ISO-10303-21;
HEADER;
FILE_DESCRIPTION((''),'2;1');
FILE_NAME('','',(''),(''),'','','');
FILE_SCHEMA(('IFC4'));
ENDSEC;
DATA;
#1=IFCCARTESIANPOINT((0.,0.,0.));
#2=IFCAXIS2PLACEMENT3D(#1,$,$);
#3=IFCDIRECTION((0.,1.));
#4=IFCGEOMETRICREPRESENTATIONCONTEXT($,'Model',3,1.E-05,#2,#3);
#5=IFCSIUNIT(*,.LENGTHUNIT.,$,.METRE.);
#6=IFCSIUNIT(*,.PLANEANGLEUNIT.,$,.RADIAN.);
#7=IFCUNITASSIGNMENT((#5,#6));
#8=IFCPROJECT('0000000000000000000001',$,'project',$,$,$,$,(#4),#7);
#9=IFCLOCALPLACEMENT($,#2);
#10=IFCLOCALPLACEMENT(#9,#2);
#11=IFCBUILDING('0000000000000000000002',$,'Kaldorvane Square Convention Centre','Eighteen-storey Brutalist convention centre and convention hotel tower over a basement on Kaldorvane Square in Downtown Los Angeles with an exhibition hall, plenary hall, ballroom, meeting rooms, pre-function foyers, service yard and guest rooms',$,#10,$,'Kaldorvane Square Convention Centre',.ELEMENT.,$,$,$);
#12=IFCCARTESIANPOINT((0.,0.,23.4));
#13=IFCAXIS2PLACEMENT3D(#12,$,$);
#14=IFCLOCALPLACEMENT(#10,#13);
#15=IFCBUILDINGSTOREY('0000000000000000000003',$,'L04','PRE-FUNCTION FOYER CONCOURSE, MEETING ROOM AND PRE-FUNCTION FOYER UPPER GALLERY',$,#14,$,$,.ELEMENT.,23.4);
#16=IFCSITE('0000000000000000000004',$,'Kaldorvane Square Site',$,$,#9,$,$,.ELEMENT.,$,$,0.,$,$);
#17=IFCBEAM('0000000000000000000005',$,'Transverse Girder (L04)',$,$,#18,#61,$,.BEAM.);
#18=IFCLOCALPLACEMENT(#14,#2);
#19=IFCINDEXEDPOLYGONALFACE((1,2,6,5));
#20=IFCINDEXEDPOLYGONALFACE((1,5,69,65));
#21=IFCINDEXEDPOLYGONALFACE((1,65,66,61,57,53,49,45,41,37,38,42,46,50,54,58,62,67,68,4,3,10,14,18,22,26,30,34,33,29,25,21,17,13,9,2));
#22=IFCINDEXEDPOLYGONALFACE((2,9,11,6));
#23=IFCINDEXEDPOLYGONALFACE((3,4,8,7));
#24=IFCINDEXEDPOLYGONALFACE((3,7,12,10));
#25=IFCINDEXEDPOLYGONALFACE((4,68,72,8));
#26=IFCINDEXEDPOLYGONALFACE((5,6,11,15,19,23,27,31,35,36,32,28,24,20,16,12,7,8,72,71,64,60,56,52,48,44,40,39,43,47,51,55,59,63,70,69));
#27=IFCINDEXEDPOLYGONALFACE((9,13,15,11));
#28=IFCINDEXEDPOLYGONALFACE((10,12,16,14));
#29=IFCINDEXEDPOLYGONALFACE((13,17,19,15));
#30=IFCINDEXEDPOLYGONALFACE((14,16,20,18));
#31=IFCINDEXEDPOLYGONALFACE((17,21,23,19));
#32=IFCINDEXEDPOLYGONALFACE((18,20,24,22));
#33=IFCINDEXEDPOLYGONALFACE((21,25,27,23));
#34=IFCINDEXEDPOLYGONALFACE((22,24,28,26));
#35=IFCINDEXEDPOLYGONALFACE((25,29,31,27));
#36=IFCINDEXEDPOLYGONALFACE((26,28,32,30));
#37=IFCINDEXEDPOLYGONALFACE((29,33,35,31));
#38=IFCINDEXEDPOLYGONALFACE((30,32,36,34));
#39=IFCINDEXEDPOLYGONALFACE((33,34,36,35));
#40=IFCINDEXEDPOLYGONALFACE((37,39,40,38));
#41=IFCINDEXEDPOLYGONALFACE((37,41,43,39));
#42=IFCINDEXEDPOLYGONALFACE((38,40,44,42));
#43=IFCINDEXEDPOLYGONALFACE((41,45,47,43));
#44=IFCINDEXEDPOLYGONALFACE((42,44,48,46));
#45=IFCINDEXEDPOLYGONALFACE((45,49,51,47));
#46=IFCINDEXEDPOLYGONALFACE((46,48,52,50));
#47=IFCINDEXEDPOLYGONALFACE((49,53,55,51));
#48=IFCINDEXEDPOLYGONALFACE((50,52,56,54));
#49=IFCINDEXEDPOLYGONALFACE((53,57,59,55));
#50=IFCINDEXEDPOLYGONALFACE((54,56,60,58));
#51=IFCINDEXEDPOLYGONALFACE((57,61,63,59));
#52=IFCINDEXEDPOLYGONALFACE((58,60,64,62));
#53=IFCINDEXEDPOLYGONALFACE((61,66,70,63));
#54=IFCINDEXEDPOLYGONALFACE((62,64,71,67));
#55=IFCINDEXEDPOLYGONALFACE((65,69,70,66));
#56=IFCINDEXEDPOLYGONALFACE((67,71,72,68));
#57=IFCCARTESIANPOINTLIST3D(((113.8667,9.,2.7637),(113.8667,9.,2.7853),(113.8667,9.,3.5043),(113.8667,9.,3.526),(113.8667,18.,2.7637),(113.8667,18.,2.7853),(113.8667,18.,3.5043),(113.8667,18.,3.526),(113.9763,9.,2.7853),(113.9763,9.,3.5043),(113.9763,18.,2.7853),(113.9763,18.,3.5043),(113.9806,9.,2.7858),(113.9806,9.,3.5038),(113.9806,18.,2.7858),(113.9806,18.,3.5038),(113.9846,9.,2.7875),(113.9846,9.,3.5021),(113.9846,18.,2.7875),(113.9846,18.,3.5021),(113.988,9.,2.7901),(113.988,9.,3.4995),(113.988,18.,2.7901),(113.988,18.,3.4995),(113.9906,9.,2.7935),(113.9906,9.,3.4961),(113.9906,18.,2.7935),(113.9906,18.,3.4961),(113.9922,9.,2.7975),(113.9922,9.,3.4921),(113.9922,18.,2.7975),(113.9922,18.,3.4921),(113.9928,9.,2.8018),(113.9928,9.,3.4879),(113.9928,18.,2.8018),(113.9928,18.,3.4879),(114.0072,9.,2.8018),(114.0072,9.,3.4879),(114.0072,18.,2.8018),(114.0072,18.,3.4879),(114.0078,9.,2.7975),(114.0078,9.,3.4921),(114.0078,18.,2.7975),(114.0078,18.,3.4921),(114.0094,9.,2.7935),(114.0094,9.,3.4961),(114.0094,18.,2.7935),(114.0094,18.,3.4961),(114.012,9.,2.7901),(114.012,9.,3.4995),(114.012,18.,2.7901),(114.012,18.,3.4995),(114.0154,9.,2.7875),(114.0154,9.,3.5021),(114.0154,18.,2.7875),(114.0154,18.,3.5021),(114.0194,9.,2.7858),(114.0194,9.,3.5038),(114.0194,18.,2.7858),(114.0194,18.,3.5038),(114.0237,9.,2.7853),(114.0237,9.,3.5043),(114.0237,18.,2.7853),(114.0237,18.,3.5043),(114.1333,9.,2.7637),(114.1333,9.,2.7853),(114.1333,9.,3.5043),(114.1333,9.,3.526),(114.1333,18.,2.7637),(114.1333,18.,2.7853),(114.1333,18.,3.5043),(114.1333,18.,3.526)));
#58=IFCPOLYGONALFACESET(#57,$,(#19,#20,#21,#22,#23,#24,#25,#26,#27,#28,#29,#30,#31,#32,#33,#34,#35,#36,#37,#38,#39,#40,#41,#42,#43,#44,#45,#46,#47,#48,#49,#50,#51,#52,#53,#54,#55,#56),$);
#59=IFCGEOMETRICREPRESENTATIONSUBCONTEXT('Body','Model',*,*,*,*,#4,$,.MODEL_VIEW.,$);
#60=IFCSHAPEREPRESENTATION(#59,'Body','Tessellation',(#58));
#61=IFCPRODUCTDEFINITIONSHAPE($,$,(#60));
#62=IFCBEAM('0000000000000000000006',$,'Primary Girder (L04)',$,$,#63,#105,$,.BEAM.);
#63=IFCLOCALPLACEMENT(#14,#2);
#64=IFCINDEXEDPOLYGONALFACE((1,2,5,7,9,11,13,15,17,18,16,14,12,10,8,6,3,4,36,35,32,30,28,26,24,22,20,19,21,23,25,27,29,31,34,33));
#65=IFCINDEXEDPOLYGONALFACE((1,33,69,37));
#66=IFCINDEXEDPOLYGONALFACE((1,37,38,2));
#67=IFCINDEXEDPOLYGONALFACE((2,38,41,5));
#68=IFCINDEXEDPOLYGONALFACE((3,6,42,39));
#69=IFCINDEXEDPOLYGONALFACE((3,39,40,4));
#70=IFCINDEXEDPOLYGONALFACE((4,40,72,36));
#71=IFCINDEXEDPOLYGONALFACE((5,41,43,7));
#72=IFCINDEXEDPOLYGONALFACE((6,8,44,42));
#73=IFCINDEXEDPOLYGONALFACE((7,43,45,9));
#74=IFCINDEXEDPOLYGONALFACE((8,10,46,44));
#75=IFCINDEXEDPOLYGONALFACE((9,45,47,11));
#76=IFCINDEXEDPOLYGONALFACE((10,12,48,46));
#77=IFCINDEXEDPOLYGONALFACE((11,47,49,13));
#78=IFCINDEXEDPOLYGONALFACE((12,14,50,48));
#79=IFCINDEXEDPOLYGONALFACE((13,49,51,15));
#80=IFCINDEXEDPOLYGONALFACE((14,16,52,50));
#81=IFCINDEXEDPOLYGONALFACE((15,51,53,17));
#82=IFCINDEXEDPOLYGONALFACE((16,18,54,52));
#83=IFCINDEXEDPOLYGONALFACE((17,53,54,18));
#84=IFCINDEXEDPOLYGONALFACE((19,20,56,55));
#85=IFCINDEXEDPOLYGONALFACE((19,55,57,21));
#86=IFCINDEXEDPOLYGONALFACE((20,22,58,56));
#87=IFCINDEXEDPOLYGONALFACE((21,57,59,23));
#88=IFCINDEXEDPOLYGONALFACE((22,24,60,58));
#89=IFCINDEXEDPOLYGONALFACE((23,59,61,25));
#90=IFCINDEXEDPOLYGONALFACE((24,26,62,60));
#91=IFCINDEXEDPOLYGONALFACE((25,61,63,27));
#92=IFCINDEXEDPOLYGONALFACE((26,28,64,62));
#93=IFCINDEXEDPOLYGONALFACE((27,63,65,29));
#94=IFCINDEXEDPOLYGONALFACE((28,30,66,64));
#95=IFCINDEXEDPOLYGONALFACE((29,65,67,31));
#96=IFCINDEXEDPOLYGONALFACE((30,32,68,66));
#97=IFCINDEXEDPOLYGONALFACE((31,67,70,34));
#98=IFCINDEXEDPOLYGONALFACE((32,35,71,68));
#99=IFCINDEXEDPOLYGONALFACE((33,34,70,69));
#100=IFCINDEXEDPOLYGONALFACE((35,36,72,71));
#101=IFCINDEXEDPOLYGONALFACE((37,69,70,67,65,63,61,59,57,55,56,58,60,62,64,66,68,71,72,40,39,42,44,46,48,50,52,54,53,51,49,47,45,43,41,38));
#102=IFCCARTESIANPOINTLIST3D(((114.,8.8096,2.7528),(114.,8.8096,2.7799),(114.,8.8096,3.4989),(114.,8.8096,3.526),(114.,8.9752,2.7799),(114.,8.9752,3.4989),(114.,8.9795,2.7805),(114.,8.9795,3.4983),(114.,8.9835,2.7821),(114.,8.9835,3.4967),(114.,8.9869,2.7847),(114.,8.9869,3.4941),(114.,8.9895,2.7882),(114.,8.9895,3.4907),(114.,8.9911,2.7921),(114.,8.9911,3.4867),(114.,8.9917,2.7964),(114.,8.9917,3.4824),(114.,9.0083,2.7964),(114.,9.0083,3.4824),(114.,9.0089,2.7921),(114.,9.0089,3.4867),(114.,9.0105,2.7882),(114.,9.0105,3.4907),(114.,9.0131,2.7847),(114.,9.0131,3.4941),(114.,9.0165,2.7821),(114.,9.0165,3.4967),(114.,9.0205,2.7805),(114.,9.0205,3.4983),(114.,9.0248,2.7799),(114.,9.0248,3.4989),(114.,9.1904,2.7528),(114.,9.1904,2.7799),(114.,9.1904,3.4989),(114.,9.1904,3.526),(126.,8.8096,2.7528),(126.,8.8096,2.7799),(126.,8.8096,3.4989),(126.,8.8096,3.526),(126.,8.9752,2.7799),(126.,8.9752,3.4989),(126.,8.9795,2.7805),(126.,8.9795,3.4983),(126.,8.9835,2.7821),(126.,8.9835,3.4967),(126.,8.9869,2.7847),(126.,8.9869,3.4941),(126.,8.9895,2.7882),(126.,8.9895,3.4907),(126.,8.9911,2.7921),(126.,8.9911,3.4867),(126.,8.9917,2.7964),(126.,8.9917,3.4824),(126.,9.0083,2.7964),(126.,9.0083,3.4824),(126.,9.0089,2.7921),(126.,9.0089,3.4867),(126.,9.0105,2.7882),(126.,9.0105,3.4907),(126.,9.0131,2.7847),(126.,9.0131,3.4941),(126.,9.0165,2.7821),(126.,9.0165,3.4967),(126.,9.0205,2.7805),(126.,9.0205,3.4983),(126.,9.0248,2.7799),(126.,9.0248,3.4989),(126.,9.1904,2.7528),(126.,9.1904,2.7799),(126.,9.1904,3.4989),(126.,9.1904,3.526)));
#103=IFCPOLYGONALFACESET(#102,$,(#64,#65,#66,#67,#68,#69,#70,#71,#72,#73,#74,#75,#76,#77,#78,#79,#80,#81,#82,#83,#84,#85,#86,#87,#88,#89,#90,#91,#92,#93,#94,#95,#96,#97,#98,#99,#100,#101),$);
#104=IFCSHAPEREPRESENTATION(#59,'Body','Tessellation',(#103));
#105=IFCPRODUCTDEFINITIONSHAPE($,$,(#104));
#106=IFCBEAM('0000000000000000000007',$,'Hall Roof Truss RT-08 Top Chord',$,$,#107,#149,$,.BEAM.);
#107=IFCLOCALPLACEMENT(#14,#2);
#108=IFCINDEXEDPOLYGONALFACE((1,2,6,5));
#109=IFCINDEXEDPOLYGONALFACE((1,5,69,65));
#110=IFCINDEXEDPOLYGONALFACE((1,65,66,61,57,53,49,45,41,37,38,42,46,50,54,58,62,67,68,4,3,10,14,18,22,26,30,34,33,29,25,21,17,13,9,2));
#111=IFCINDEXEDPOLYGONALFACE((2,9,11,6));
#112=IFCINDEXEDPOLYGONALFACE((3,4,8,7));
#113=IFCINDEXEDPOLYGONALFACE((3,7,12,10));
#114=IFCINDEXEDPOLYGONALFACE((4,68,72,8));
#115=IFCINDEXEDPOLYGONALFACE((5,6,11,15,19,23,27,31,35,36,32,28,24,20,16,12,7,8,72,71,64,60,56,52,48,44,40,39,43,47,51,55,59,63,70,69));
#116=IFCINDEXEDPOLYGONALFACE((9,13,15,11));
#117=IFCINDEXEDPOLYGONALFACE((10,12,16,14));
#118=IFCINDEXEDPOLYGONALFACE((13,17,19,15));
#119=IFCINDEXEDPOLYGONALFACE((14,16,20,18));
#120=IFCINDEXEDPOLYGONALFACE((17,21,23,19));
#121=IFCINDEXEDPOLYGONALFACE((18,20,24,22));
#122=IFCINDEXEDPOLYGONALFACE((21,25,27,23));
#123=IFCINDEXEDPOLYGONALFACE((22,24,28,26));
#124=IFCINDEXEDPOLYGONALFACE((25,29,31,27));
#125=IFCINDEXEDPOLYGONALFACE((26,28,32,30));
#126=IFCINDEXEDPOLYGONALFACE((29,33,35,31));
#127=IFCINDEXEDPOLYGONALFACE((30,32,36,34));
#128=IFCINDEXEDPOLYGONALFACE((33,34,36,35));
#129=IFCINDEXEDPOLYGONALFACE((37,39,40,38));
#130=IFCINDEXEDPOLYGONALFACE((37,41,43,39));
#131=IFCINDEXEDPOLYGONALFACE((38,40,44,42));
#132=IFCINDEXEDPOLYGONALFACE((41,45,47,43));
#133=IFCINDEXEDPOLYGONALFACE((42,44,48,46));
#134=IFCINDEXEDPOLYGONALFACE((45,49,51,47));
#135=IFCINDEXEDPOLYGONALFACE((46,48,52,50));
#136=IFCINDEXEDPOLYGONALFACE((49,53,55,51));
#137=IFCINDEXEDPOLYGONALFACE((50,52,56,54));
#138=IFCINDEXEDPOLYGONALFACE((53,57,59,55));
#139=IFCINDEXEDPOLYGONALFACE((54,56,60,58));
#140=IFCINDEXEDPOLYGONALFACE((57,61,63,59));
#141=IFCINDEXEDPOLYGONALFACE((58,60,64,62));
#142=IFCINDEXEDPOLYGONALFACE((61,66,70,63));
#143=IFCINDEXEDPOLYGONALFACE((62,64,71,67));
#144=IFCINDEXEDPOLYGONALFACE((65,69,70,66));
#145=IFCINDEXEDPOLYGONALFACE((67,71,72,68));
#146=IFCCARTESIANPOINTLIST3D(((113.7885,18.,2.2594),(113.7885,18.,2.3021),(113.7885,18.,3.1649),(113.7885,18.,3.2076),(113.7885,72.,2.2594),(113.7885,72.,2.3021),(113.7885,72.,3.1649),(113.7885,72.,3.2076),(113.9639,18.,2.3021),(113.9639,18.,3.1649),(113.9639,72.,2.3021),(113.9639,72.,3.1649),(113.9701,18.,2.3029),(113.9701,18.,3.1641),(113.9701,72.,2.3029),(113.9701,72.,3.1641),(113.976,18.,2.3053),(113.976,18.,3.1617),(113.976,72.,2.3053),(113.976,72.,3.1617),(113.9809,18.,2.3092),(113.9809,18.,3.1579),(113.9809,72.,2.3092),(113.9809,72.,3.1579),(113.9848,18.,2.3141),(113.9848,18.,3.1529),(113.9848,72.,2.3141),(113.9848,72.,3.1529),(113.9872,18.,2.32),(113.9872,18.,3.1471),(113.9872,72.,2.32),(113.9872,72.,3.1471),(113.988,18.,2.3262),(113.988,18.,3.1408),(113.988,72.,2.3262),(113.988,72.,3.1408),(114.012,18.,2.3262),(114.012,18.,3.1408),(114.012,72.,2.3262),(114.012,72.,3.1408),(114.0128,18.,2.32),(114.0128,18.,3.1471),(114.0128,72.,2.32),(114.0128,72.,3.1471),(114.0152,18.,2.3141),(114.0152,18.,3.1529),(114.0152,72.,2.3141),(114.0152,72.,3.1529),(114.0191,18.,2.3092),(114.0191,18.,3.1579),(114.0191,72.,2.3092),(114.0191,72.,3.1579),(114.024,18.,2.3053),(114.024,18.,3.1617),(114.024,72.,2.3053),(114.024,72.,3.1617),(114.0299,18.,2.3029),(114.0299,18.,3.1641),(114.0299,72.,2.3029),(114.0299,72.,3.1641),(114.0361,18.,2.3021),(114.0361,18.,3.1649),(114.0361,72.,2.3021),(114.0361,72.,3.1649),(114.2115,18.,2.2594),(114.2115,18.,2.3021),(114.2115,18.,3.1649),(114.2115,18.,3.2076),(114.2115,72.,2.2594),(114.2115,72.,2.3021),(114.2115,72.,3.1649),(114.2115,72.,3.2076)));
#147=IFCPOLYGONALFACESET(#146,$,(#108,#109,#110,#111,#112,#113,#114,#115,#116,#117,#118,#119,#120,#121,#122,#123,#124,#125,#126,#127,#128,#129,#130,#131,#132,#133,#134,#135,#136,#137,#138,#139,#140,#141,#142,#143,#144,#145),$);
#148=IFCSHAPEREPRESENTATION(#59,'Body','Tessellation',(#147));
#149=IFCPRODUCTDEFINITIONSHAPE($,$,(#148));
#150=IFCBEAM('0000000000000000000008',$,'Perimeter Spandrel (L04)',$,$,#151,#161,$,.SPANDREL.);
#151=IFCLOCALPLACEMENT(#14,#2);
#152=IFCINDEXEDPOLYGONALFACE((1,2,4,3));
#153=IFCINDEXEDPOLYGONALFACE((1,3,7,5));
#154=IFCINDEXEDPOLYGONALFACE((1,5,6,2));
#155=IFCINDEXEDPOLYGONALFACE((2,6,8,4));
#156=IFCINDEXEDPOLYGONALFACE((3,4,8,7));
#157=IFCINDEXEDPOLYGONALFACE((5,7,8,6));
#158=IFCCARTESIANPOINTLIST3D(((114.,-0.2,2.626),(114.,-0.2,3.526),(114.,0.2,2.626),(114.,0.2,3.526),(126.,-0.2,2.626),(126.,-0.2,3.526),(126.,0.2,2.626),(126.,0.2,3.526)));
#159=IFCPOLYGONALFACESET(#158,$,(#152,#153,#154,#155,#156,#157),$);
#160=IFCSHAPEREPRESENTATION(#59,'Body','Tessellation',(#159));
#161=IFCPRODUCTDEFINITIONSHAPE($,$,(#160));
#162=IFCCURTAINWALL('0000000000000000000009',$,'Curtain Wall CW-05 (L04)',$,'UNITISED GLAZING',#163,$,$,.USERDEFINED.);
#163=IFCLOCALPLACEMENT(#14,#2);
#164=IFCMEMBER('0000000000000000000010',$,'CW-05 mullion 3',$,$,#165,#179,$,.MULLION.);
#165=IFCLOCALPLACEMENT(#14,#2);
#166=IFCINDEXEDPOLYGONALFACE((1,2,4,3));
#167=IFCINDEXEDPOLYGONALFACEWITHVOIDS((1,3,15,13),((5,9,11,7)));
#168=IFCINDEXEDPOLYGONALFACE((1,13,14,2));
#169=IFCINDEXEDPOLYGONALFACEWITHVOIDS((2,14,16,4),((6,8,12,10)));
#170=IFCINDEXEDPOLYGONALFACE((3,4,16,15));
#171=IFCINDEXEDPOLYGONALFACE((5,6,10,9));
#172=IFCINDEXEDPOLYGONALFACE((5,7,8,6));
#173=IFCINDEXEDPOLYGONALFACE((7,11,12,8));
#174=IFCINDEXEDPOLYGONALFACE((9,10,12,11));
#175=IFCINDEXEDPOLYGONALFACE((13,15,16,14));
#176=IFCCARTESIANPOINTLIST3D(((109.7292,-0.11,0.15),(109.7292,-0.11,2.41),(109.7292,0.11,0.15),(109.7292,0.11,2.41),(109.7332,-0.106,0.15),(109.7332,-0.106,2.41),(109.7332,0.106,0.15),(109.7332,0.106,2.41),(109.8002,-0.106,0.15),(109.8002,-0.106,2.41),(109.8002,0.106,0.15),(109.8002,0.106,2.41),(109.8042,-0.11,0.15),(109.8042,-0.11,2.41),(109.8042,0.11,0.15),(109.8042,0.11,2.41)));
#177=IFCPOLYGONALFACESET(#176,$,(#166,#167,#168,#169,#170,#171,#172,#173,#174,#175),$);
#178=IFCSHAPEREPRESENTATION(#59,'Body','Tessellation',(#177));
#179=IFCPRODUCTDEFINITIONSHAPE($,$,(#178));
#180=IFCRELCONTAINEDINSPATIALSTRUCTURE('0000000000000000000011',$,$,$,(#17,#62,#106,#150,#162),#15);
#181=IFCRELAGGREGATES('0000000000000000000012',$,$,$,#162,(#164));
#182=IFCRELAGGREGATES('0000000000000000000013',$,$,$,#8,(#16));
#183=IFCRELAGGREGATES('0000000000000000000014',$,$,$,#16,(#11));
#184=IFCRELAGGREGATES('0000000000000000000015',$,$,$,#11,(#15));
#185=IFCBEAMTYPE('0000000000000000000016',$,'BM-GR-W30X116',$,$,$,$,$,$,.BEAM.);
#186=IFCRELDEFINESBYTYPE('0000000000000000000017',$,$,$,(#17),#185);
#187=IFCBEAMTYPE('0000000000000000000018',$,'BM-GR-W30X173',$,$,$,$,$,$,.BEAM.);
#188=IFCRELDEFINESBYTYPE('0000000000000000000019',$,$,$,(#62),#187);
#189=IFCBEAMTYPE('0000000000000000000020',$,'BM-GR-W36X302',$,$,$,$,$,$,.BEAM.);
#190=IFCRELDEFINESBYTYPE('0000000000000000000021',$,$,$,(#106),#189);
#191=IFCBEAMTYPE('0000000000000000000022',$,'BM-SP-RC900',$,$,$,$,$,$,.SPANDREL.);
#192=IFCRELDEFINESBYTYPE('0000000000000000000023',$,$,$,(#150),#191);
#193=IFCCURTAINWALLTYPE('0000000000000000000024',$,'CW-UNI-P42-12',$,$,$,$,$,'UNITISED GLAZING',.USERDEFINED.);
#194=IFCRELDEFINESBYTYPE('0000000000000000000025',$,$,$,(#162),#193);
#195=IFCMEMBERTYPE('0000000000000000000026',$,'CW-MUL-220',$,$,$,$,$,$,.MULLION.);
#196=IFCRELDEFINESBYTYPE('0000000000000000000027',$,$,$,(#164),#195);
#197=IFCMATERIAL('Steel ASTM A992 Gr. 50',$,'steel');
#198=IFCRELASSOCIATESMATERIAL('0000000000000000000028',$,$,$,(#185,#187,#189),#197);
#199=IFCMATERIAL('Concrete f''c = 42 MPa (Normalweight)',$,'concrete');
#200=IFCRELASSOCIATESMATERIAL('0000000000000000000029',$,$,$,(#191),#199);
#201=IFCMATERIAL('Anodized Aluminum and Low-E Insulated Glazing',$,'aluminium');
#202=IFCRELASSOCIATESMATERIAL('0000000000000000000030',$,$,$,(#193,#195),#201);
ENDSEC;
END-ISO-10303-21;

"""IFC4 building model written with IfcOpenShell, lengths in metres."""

from ifc_helpers import new_model, si_unit, direction, frame, origin, origin_2d, place, context, subcontext, project, spatial, rectangle, hollow_rectangle, i_section, extrude, material, material_profile, profile_set, type_object, element, aggregate, save


model = new_model("IFC4")

# Units and contexts
model_context = context("Model", 3, precision=1e-05, world=origin(), true_north=direction((0.0, 1.0)))
body_context = subcontext(model_context, "Body", "Model", "MODEL_VIEW")
ifc_project = project(units=[si_unit("LENGTHUNIT", "METRE"), si_unit("PLANEANGLEUNIT", "RADIAN")], contexts=[model_context])

# Site, building, storey
site_placement = place(None, origin())
site = spatial("IfcSite", under=ifc_project, at=site_placement, Name="Kaldorvane Square Site", CompositionType="ELEMENT", RefElevation=0.0)
building_placement = place(site_placement, origin())
building = spatial("IfcBuilding", under=site, at=building_placement, Name="Kaldorvane Square Convention Centre", Description="Eighteen-storey Brutalist convention centre and convention hotel tower over a basement on Kaldorvane Square in Downtown Los Angeles with an exhibition hall, plenary hall, ballroom, meeting rooms, pre-function foyers, service yard and guest rooms", LongName="Kaldorvane Square Convention Centre", CompositionType="ELEMENT")
storey_placement = place(building_placement, frame((0.0, 0.0, 23.4)))
storey = spatial("IfcBuildingStorey", under=building, at=storey_placement, Name="L04", Description="PRE-FUNCTION FOYER CONCOURSE, MEETING ROOM AND PRE-FUNCTION FOYER UPPER GALLERY", CompositionType="ELEMENT", Elevation=23.4)

# Shared definitions
ifc_material_1 = material(Name="Steel ASTM A992 Gr. 50", Category="steel")

# Beams
ifc_material_profile_1 = material_profile(ifc_material_1, i_section(OverallWidth=0.2666, OverallDepth=0.7623, WebThickness=0.0144, FlangeThickness=0.0216, FilletRadius=0.0165, at=origin_2d()), Name="W30X116")
ifc_profile_set_1 = profile_set([ifc_material_profile_1], Name="Steel ASTM A992 Gr. 50")
beam_type_1 = type_object("IfcBeamType", Name="BM-GR-W30X116", PredefinedType="BEAM", material=ifc_profile_set_1)
for number, where, z_axis, x_axis, name in (
    (1, (114.0, 9.0, 3.1448), (0.0, 1.0, 0.0), (-1.0, 0.0, 0.0), "Transverse Girder (L04)"),
):
    element("IfcBeam", number, at=place(storey_placement, frame(where, z_axis=z_axis, x_axis=x_axis)), inside=storey, type_object=beam_type_1, Name=name, PredefinedType="BEAM", context=body_context, shape_type="SweptSolid", body=[
        extrude(i_section(OverallWidth=0.2666, OverallDepth=0.7623, WebThickness=0.0144, FlangeThickness=0.0216, FilletRadius=0.0165, at=origin_2d()), origin(), (0.0, 0.0, 1.0), 9.0),
    ])
ifc_material_profile_2 = material_profile(ifc_material_1, i_section(OverallWidth=0.3807, OverallDepth=0.7732, WebThickness=0.0166, FlangeThickness=0.0271, FilletRadius=0.0165, at=origin_2d()), Name="W30X173")
ifc_profile_set_2 = profile_set([ifc_material_profile_2], Name="Steel ASTM A992 Gr. 50")
beam_type_2 = type_object("IfcBeamType", Name="BM-GR-W30X173", PredefinedType="BEAM", material=ifc_profile_set_2)
beam_1_placement = place(storey_placement, frame((114.0, 9.0, 3.1394), z_axis=(1.0, 0.0, 0.0), x_axis=(0.0, 1.0, 0.0)))
element("IfcBeam", 2, at=beam_1_placement, inside=storey, type_object=beam_type_2, Name="Primary Girder (L04)", PredefinedType="BEAM", context=body_context, shape_type="SweptSolid", body=[
    extrude(i_section(OverallWidth=0.3807, OverallDepth=0.7732, WebThickness=0.0166, FlangeThickness=0.0271, FilletRadius=0.0165, at=origin_2d()), origin(), (0.0, 0.0, 1.0), 12.0),
])
ifc_material_profile_3 = material_profile(ifc_material_1, i_section(OverallWidth=0.423, OverallDepth=0.9482, WebThickness=0.024, FlangeThickness=0.0427, FilletRadius=0.0241, at=origin_2d()), Name="W36X302")
ifc_profile_set_3 = profile_set([ifc_material_profile_3], Name="Steel ASTM A992 Gr. 50")
beam_type_3 = type_object("IfcBeamType", Name="BM-GR-W36X302", PredefinedType="BEAM", material=ifc_profile_set_3)
beam_2_placement = place(storey_placement, frame((114.0, 18.0, 2.7335), z_axis=(0.0, 1.0, 0.0), x_axis=(-1.0, 0.0, 0.0)))
element("IfcBeam", 3, at=beam_2_placement, inside=storey, type_object=beam_type_3, Name="Hall Roof Truss RT-08 Top Chord", PredefinedType="BEAM", context=body_context, shape_type="SweptSolid", body=[
    extrude(i_section(OverallWidth=0.423, OverallDepth=0.9482, WebThickness=0.024, FlangeThickness=0.0427, FilletRadius=0.0241, at=origin_2d()), origin(), (0.0, 0.0, 1.0), 54.0),
])
ifc_material_2 = material(Name="Concrete f'c = 42 MPa (Normalweight)", Category="concrete")
ifc_material_profile_4 = material_profile(ifc_material_2, rectangle(XDim=0.4, YDim=0.9, at=origin_2d()), Name="RCSP900X400")
ifc_profile_set_4 = profile_set([ifc_material_profile_4], Name="Concrete f'c = 42 MPa (Normalweight)")
beam_type_4 = type_object("IfcBeamType", Name="BM-SP-RC900", PredefinedType="SPANDREL", material=ifc_profile_set_4)
beam_3_placement = place(storey_placement, frame((114.0, 0.0, 3.076), z_axis=(1.0, 0.0, 0.0), x_axis=(0.0, 1.0, 0.0)))
element("IfcBeam", 4, at=beam_3_placement, inside=storey, type_object=beam_type_4, Name="Perimeter Spandrel (L04)", PredefinedType="SPANDREL", context=body_context, shape_type="SweptSolid", body=[
    extrude(rectangle(XDim=0.4, YDim=0.9, at=origin_2d()), origin(), (0.0, 0.0, 1.0), 12.0),
])

# Curtain wall, member
ifc_material_3 = material(Name="Anodized Aluminum and Low-E Insulated Glazing", Category="aluminium")
curtain_wall_type = type_object("IfcCurtainWallType", Name="CW-UNI-P42-12", ElementType="UNITISED GLAZING", PredefinedType="USERDEFINED", material=ifc_material_3)
curtain_wall_placement = place(storey_placement, origin())
curtain_wall = element("IfcCurtainWall", 5, at=curtain_wall_placement, inside=storey, type_object=curtain_wall_type, Name="Curtain Wall CW-05 (L04)", ObjectType="UNITISED GLAZING", PredefinedType="USERDEFINED")
ifc_material_profile_5 = material_profile(ifc_material_3, hollow_rectangle(XDim=0.075, YDim=0.22, WallThickness=0.004, at=origin_2d()), Name="CWM-220X75")
ifc_profile_set_5 = profile_set([ifc_material_profile_5], Name="Anodized Aluminum and Low-E Insulated Glazing")
member_type_1 = type_object("IfcMemberType", Name="CW-MUL-220", PredefinedType="MULLION", material=ifc_profile_set_5)
member_1_placement = place(storey_placement, frame((109.7667, 0.0, 0.15), z_axis=(0.0, 0.0, 1.0), x_axis=(1.0, 0.0, 0.0)))
member_1 = element("IfcMember", 6, at=member_1_placement, type_object=member_type_1, Name="CW-05 mullion 3", PredefinedType="MULLION", context=body_context, shape_type="SweptSolid", body=[
    extrude(hollow_rectangle(XDim=0.075, YDim=0.22, WallThickness=0.004, at=origin_2d()), origin(), (0.0, 0.0, 1.0), 2.26),
])

aggregate(curtain_wall, [member_1])

save(model, "model.ifc")
